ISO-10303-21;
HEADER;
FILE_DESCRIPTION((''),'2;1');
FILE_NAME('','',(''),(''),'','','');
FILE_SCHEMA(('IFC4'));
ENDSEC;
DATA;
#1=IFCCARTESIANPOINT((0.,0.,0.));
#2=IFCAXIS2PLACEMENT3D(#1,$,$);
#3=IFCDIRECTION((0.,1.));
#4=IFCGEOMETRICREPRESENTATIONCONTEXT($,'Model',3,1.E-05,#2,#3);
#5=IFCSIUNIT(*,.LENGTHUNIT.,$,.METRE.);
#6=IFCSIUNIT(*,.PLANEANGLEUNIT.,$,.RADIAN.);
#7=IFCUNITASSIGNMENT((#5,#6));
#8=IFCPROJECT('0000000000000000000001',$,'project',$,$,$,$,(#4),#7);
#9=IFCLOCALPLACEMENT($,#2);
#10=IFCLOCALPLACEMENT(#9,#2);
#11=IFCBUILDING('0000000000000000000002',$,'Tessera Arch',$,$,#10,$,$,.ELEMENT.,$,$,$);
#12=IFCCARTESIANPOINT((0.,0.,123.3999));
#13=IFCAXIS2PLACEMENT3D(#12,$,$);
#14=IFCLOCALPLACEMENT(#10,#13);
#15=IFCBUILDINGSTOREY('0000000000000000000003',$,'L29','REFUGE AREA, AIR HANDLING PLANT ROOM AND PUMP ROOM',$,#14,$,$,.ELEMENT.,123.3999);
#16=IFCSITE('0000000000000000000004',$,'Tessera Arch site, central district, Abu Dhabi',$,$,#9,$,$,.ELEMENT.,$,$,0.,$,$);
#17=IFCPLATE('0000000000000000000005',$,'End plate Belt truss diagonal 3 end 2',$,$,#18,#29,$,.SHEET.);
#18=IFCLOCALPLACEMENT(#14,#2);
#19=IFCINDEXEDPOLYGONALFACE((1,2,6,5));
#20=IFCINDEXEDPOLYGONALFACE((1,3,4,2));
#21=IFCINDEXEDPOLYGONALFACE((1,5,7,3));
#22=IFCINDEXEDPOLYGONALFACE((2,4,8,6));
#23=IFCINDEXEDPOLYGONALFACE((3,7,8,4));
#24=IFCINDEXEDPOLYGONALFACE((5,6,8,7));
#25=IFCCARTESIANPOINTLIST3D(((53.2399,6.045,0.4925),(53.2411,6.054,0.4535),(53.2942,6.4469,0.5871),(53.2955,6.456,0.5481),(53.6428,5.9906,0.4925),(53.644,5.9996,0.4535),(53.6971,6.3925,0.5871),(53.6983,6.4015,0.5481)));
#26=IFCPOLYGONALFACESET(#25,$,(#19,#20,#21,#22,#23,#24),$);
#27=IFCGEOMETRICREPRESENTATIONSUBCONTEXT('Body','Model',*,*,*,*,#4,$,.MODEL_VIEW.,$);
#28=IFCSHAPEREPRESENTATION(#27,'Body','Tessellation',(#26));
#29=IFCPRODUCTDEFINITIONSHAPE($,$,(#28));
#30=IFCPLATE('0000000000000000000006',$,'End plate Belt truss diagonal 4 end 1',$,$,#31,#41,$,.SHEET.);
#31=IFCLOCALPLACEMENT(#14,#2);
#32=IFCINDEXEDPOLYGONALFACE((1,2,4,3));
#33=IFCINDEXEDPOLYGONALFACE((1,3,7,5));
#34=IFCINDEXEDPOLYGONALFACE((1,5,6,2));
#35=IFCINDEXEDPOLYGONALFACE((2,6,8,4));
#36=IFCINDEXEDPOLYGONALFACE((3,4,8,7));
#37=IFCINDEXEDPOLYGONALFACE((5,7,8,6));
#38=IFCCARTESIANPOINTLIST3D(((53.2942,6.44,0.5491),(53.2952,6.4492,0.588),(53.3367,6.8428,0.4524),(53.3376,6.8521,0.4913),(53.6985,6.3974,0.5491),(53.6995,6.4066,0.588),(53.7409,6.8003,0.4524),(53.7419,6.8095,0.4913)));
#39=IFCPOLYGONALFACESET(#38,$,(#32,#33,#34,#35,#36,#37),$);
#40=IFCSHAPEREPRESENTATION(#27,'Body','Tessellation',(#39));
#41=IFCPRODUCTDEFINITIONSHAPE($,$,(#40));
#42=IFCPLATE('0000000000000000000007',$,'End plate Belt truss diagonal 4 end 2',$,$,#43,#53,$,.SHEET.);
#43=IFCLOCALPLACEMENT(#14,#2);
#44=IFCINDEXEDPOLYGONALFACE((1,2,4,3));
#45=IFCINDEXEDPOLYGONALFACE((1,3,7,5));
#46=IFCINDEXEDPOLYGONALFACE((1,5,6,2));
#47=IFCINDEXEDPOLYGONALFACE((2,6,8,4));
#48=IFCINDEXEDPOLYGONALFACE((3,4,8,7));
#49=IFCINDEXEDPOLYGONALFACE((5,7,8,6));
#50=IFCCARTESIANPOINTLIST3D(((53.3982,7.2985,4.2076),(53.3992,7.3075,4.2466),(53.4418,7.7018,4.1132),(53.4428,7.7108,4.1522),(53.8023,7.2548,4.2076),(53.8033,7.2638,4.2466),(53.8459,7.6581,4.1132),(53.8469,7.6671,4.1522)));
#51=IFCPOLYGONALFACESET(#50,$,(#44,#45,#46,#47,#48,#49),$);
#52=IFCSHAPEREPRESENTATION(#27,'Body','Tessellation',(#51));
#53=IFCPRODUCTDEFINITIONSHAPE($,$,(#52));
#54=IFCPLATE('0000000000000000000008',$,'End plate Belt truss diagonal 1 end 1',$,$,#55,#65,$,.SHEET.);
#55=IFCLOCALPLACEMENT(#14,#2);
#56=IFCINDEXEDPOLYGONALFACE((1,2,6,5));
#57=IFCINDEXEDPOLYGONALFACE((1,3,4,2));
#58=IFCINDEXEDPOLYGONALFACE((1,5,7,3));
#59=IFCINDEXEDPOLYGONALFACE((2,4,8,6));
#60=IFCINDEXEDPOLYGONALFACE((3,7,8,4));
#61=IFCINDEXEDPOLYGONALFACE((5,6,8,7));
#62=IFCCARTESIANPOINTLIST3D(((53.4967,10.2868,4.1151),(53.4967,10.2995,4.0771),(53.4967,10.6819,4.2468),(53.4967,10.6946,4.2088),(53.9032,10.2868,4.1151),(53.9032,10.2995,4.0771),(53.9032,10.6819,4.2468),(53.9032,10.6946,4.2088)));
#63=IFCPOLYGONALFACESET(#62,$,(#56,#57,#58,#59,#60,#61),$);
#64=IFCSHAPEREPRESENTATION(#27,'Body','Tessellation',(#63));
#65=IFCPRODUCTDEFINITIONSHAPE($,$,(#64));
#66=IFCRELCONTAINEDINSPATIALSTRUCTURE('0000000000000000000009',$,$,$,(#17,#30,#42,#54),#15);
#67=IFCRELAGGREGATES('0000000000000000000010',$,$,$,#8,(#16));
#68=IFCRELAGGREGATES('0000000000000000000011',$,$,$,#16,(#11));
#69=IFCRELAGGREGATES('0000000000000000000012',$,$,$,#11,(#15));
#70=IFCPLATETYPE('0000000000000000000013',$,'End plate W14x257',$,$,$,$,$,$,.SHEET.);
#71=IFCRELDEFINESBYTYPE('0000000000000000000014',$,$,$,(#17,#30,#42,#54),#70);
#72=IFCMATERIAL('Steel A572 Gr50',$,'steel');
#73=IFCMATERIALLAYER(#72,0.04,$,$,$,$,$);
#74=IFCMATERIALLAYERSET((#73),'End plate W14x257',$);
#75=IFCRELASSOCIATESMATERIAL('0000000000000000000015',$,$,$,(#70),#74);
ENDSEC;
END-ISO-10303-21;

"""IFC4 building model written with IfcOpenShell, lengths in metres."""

from ifc_helpers import new_model, si_unit, direction, frame, origin, origin_2d, place, context, subcontext, project, spatial, rectangle, extrude, material, layer, layer_set, type_object, element, save


model = new_model("IFC4")

# Units and contexts
model_context = context("Model", 3, precision=1e-05, world=origin(), true_north=direction((0.0, 1.0)))
body_context = subcontext(model_context, "Body", "Model", "MODEL_VIEW")
ifc_project = project(units=[si_unit("LENGTHUNIT", "METRE"), si_unit("PLANEANGLEUNIT", "RADIAN")], contexts=[model_context])

# Site, building, storey
site_placement = place(None, origin())
site = spatial("IfcSite", under=ifc_project, at=site_placement, Name="Tessera Arch site, central district, Abu Dhabi", CompositionType="ELEMENT", RefElevation=0.0)
building_placement = place(site_placement, origin())
building = spatial("IfcBuilding", under=site, at=building_placement, Name="Tessera Arch", CompositionType="ELEMENT")
storey_placement = place(building_placement, frame((0.0, 0.0, 123.3999)))
storey = spatial("IfcBuildingStorey", under=building, at=storey_placement, Name="L29", Description="REFUGE AREA, AIR HANDLING PLANT ROOM AND PUMP ROOM", CompositionType="ELEMENT", Elevation=123.3999)

# Plates
ifc_material_1 = material(Name="Steel A572 Gr50", Category="steel")
ifc_layer_1 = layer(ifc_material_1, 0.04)
ifc_layer_set_1 = layer_set([ifc_layer_1], Name="End plate W14x257")
plate_type_1 = type_object("IfcPlateType", Name="End plate W14x257", PredefinedType="SHEET", material=ifc_layer_set_1)
for number, where, z_axis, x_axis, name in (
    (1, (53.4685, 6.2188, 0.5398), (0.030432, 0.2252, -0.973837), (-0.990992, 0.133918, 0.0), "End plate Belt truss diagonal 3 end 2"),
    (2, (53.5176, 6.6201, 0.5007), (0.024316, 0.231004, 0.972649), (-0.994505, 0.104685, 0.0), "End plate Belt truss diagonal 4 end 1"),
    (3, (53.6221, 7.4783, 4.1604), (0.02435, 0.225237, 0.974), (-0.994207, 0.107482, 0.0), "End plate Belt truss diagonal 4 end 2"),
    (4, (53.7, 10.4844, 4.1809), (0.0, 0.316228, -0.948683), (-1.0, 0.0, 0.0), "End plate Belt truss diagonal 1 end 1"),
):
    element("IfcPlate", number, at=place(storey_placement, frame(where, z_axis=z_axis, x_axis=x_axis)), inside=storey, type_object=plate_type_1, Name=name, PredefinedType="SHEET", context=body_context, shape_type="SweptSolid", body=[
        extrude(rectangle(XDim=0.4065, YDim=0.4165, at=origin_2d()), origin(), (0.0, 0.0, 1.0), 0.04),
    ])

save(model, "model.ifc")
